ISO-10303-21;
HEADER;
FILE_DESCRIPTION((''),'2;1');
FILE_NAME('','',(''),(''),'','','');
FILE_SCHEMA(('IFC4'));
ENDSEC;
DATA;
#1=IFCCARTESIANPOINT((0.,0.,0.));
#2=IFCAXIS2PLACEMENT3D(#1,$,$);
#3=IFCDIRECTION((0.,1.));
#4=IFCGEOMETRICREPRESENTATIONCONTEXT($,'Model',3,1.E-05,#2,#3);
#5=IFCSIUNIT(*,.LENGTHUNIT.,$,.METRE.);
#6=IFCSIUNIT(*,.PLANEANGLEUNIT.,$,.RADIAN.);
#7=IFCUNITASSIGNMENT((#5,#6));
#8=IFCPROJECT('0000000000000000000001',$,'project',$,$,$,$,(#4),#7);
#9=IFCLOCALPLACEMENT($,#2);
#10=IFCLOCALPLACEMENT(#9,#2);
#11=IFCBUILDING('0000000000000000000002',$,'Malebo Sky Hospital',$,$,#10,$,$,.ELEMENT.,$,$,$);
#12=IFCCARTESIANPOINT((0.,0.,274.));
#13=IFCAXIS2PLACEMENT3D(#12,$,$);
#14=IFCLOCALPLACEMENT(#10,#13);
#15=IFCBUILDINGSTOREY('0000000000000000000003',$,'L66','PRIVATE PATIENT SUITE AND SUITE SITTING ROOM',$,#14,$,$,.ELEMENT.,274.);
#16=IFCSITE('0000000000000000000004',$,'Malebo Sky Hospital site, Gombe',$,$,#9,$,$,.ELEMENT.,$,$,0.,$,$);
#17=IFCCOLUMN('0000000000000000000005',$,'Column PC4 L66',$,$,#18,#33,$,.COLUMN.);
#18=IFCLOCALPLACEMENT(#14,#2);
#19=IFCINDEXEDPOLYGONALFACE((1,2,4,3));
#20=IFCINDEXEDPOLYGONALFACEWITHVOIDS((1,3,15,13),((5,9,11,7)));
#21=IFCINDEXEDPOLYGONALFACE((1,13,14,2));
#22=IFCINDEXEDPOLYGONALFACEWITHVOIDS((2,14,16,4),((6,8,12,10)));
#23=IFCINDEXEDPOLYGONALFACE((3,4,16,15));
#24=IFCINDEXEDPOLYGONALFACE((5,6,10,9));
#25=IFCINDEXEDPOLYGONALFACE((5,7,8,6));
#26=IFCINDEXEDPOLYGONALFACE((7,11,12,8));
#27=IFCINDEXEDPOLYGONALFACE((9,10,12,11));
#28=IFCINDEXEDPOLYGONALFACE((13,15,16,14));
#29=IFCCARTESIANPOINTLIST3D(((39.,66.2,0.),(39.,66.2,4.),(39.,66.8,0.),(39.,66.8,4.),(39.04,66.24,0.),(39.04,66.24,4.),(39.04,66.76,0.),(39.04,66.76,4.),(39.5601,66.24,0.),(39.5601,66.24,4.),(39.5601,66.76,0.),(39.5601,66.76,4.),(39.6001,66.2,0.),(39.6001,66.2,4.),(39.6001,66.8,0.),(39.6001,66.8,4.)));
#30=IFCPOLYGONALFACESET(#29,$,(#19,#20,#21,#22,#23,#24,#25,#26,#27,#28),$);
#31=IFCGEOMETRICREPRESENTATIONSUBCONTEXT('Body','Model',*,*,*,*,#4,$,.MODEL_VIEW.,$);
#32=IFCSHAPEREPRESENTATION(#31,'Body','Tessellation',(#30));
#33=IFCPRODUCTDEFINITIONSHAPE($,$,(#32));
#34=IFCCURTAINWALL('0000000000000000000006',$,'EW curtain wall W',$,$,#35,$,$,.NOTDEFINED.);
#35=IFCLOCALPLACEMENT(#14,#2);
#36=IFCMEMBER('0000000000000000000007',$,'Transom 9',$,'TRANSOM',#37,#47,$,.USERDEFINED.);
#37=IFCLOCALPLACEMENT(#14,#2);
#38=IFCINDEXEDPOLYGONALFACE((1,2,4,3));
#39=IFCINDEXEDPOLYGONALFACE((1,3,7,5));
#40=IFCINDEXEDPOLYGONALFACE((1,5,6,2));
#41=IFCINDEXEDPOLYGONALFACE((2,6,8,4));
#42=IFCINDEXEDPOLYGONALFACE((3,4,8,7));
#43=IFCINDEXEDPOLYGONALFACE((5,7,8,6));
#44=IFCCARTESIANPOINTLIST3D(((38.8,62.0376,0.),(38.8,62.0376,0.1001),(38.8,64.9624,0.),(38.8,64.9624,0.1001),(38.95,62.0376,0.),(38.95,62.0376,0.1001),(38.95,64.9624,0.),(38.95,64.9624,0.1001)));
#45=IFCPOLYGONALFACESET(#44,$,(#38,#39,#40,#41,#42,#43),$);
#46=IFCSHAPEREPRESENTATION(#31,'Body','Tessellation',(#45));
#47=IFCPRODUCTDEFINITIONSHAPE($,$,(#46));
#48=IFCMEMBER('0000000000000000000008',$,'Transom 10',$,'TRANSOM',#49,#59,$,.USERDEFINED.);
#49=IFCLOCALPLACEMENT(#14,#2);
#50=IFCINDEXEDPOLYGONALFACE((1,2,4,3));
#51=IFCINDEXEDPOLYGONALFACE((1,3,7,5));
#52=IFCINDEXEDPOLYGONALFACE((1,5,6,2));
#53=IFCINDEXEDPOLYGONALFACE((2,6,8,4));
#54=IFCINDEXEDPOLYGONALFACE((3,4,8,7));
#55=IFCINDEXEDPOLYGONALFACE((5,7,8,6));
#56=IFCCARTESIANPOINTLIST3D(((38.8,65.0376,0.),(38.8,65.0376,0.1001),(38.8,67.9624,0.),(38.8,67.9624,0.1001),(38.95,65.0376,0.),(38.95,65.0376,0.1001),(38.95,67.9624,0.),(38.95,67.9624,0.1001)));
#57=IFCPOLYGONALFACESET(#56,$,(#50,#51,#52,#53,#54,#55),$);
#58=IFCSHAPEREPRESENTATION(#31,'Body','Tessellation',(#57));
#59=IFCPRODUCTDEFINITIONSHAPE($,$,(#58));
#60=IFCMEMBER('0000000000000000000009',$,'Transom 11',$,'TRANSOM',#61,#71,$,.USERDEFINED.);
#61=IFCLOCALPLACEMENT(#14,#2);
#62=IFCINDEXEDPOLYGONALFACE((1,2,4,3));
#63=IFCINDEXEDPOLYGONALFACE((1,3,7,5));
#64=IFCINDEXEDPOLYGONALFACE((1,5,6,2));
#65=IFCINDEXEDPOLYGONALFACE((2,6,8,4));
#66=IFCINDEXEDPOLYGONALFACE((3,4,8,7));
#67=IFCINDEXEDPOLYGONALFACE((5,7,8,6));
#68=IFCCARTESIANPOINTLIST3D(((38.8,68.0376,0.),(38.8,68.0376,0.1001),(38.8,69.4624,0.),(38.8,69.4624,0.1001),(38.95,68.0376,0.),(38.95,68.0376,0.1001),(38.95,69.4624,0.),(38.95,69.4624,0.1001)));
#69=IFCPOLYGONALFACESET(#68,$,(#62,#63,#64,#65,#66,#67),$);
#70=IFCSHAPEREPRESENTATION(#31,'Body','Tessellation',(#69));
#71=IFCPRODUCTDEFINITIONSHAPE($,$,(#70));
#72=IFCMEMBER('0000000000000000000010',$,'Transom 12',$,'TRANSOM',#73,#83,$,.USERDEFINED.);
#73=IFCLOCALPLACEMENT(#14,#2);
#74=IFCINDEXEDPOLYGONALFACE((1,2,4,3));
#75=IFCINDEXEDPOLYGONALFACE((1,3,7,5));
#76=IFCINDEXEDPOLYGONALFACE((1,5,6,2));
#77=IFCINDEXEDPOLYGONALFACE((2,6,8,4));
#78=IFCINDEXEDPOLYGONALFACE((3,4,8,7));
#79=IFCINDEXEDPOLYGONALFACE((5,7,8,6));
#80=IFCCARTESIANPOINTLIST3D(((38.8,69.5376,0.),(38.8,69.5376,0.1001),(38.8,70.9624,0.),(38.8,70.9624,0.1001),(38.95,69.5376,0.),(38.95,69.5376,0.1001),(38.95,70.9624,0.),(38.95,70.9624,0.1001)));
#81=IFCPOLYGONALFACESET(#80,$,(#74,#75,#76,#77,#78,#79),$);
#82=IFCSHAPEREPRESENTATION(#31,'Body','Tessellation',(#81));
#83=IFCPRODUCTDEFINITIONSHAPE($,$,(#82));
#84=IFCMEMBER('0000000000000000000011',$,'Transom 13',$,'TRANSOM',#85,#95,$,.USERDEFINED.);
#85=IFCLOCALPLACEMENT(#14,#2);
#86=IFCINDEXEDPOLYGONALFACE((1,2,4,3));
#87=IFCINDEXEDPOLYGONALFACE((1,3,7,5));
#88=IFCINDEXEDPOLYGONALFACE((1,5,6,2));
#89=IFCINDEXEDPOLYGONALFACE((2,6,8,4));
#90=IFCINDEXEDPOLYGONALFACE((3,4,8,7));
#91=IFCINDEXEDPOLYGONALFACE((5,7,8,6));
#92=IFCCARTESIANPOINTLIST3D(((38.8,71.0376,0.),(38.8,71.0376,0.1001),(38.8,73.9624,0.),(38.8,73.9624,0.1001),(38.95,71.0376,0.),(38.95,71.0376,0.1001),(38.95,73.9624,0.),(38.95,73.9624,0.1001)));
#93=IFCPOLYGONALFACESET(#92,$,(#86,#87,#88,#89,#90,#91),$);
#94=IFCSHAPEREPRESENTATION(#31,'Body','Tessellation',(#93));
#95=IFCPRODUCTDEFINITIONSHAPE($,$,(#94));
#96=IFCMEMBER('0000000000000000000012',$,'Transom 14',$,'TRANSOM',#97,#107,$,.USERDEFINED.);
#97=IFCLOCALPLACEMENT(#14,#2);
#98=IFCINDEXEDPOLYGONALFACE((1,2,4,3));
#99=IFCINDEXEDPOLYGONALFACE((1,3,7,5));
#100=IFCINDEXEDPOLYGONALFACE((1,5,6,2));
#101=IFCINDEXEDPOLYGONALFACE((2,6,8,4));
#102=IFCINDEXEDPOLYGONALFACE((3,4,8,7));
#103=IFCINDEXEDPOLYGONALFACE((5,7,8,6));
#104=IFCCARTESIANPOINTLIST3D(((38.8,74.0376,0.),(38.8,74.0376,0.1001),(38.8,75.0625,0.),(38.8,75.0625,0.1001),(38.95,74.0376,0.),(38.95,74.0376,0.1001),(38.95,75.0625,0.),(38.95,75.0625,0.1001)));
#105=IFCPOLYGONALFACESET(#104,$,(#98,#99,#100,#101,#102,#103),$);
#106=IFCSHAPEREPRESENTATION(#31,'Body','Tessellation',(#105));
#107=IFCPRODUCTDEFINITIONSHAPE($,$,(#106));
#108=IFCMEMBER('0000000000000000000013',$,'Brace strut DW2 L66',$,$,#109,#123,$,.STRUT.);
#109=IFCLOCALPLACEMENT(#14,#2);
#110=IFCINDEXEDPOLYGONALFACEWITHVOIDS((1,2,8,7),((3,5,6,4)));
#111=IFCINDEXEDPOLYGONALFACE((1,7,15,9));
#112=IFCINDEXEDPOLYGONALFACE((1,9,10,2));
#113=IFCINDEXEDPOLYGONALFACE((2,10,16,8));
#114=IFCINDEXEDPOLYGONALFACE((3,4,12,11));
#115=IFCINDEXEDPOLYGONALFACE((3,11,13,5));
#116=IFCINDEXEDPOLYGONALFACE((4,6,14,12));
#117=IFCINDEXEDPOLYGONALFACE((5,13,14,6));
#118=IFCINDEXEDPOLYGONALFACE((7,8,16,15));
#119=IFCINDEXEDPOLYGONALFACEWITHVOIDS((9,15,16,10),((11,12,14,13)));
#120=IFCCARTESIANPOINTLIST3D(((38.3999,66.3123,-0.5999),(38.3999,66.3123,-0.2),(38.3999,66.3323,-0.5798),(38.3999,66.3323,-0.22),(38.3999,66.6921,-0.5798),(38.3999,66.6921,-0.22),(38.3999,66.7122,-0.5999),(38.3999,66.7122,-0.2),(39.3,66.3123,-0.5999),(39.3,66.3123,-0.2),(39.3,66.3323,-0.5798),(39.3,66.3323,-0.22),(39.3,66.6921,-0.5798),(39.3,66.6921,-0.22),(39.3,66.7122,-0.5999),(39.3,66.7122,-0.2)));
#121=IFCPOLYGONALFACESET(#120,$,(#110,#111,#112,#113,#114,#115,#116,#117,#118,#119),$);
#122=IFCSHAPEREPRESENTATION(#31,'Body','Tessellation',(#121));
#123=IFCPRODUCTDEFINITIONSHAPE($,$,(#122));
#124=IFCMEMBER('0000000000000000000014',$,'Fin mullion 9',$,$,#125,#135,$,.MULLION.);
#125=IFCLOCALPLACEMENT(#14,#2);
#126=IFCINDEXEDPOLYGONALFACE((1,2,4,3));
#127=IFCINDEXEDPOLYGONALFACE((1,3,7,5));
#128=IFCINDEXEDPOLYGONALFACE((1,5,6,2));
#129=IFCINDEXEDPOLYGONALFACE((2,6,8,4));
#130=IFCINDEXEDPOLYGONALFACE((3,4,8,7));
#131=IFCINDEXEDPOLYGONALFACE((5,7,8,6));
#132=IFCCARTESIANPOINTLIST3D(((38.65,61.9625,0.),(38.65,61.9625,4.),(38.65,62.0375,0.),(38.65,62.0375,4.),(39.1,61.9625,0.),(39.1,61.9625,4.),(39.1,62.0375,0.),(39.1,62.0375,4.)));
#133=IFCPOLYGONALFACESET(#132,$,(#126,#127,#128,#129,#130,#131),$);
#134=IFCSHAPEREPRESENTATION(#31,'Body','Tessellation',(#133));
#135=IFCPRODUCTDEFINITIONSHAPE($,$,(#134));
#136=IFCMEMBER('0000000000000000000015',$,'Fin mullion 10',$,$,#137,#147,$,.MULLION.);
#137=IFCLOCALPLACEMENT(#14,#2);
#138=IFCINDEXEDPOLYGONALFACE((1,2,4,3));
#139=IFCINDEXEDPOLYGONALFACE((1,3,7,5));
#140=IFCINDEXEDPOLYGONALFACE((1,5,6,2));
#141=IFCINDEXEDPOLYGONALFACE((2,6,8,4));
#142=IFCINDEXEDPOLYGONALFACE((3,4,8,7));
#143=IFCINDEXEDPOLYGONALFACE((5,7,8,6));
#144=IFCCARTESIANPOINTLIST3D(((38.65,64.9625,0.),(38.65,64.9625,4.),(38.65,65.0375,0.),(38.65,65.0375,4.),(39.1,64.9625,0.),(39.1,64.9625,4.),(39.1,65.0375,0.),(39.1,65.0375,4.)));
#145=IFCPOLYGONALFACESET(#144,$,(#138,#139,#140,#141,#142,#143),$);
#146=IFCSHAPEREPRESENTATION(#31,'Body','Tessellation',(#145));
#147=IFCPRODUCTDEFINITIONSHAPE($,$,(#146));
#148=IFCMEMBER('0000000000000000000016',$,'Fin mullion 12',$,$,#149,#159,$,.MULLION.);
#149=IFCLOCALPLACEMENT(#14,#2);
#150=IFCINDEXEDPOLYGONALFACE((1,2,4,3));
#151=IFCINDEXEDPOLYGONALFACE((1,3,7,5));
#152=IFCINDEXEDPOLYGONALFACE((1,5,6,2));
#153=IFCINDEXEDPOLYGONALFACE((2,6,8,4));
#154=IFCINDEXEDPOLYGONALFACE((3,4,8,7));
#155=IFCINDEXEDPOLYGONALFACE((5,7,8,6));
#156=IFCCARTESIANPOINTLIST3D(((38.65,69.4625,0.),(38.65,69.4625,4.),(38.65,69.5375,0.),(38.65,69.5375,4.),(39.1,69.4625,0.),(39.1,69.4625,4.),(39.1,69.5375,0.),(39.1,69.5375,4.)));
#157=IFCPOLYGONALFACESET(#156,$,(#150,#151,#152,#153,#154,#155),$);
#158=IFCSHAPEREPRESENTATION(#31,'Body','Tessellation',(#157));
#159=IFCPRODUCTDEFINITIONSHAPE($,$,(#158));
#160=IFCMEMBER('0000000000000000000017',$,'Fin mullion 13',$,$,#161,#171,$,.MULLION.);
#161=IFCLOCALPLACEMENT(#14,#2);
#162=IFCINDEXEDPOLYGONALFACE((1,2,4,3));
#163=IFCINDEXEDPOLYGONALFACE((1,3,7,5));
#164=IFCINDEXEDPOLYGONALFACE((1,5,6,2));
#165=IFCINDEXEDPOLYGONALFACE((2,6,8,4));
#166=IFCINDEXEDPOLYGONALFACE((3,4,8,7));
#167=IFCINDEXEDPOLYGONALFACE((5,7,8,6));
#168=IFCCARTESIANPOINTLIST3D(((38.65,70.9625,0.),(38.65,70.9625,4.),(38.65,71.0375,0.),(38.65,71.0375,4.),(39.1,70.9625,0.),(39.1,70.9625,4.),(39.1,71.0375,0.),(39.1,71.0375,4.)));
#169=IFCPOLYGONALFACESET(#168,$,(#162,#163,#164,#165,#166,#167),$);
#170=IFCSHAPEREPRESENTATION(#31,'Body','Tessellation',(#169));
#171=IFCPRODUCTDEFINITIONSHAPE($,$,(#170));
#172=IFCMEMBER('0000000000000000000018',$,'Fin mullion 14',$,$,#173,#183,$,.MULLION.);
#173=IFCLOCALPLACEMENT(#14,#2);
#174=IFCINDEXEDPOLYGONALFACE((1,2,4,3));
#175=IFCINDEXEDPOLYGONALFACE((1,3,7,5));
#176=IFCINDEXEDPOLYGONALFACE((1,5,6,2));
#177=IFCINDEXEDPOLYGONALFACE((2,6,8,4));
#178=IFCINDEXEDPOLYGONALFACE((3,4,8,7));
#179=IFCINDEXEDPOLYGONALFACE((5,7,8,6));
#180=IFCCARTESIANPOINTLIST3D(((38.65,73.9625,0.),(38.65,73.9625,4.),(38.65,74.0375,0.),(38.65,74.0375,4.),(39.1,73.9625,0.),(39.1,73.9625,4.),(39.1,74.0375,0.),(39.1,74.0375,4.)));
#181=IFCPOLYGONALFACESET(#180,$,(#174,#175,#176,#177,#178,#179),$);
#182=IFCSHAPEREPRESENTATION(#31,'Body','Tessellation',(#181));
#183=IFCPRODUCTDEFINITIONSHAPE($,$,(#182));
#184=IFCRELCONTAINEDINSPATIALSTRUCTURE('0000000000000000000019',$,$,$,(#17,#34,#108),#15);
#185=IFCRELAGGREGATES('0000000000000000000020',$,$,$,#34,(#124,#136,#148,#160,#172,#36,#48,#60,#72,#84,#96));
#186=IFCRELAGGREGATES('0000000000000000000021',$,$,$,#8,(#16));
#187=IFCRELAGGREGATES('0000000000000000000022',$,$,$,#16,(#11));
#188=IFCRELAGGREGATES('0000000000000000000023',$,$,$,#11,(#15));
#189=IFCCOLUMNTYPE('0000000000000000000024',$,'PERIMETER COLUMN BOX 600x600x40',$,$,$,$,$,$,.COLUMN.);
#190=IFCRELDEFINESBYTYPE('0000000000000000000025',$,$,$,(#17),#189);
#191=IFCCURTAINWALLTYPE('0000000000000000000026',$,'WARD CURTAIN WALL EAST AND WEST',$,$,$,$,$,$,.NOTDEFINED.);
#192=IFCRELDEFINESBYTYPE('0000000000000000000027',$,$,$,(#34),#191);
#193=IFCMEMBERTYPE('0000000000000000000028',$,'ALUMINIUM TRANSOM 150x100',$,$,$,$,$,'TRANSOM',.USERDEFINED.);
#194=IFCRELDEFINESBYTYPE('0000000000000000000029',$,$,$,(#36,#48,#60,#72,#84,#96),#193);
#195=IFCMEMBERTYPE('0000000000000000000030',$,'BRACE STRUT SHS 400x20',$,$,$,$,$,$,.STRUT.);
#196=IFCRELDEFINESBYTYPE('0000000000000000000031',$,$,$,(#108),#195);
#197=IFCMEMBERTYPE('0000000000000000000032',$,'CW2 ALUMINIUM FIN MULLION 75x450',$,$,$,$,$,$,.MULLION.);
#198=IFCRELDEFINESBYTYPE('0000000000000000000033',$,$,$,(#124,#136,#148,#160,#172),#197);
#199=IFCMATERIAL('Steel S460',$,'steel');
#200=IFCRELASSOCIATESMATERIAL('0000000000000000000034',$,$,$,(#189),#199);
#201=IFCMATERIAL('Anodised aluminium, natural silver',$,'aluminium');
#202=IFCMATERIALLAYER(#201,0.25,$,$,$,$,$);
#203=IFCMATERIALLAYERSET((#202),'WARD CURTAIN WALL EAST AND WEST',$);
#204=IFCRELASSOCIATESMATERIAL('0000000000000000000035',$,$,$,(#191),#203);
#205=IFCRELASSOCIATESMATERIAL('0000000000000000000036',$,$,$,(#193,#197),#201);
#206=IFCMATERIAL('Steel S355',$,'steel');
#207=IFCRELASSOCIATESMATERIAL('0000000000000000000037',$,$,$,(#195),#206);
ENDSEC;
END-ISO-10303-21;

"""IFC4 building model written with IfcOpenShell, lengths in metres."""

from ifc_helpers import new_model, si_unit, direction, frame, origin, origin_2d, place, context, subcontext, project, spatial, rectangle, hollow_rectangle, extrude, material, layer, layer_set, material_profile, profile_set, type_object, element, aggregate, save


model = new_model("IFC4")

# Units and contexts
model_context = context("Model", 3, precision=1e-05, world=origin(), true_north=direction((0.0, 1.0)))
body_context = subcontext(model_context, "Body", "Model", "MODEL_VIEW")
ifc_project = project(units=[si_unit("LENGTHUNIT", "METRE"), si_unit("PLANEANGLEUNIT", "RADIAN")], contexts=[model_context])

# Site, building, storey
site_placement = place(None, origin())
site = spatial("IfcSite", under=ifc_project, at=site_placement, Name="Malebo Sky Hospital site, Gombe", CompositionType="ELEMENT", RefElevation=0.0)
building_placement = place(site_placement, origin())
building = spatial("IfcBuilding", under=site, at=building_placement, Name="Malebo Sky Hospital", CompositionType="ELEMENT")
storey_placement = place(building_placement, frame((0.0, 0.0, 274.0)))
storey = spatial("IfcBuildingStorey", under=building, at=storey_placement, Name="L66", Description="PRIVATE PATIENT SUITE AND SUITE SITTING ROOM", CompositionType="ELEMENT", Elevation=274.0)

# Column
ifc_material_1 = material(Name="Steel S460", Category="steel")
ifc_material_profile_1 = material_profile(ifc_material_1, hollow_rectangle(XDim=0.6001, YDim=0.6001, WallThickness=0.04, at=origin_2d()), Name="BOX 600x600x40")
ifc_profile_set_1 = profile_set([ifc_material_profile_1], Name="Steel S460")
column_type = type_object("IfcColumnType", Name="PERIMETER COLUMN BOX 600x600x40", PredefinedType="COLUMN", material=ifc_profile_set_1)
column_placement = place(storey_placement, frame((39.3, 66.5, 0.0), z_axis=(0.0, 0.0, 1.0), x_axis=(1.0, 0.0, 0.0)))
element("IfcColumn", 1, at=column_placement, inside=storey, type_object=column_type, Name="Column PC4 L66", PredefinedType="COLUMN", context=body_context, shape_type="SweptSolid", body=[
    extrude(hollow_rectangle(XDim=0.6001, YDim=0.6001, WallThickness=0.04, at=origin_2d()), origin(), (0.0, 0.0, 1.0), 4.0),
])

# Curtain wall, members
ifc_material_2 = material(Name="Anodised aluminium, natural silver", Category="aluminium")
ifc_layer_1 = layer(ifc_material_2, 0.25)
ifc_layer_set_1 = layer_set([ifc_layer_1], Name="WARD CURTAIN WALL EAST AND WEST")
curtain_wall_type = type_object("IfcCurtainWallType", Name="WARD CURTAIN WALL EAST AND WEST", PredefinedType="NOTDEFINED", material=ifc_layer_set_1)
curtain_wall_placement = place(storey_placement, origin())
curtain_wall = element("IfcCurtainWall", 2, at=curtain_wall_placement, inside=storey, type_object=curtain_wall_type, Name="EW curtain wall W", PredefinedType="NOTDEFINED")
ifc_material_profile_2 = material_profile(ifc_material_2, rectangle(XDim=0.1499, YDim=0.1001, at=origin_2d()), Name="ALUMINIUM TRANSOM 150x100")
ifc_profile_set_2 = profile_set([ifc_material_profile_2], Name="Anodised aluminium, natural silver")
member_type_1 = type_object("IfcMemberType", Name="ALUMINIUM TRANSOM 150x100", ElementType="TRANSOM", PredefinedType="USERDEFINED", material=ifc_profile_set_2)
member_1_placement = place(storey_placement, frame((38.875, 62.0376, 0.05), z_axis=(0.0, 1.0, 0.0), x_axis=(-1.0, 0.0, 0.0)))
member_1 = element("IfcMember", 3, at=member_1_placement, type_object=member_type_1, Name="Transom 9", ObjectType="TRANSOM", PredefinedType="USERDEFINED", context=body_context, shape_type="SweptSolid", body=[
    extrude(rectangle(XDim=0.1499, YDim=0.1001, at=origin_2d()), origin(), (0.0, 0.0, 1.0), 2.9248),
])
member_2_placement = place(storey_placement, frame((38.875, 65.0376, 0.05), z_axis=(0.0, 1.0, 0.0), x_axis=(-1.0, 0.0, 0.0)))
member_2 = element("IfcMember", 4, at=member_2_placement, type_object=member_type_1, Name="Transom 10", ObjectType="TRANSOM", PredefinedType="USERDEFINED", context=body_context, shape_type="SweptSolid", body=[
    extrude(rectangle(XDim=0.1499, YDim=0.1001, at=origin_2d()), origin(), (0.0, 0.0, 1.0), 2.9248),
])
member_3_placement = place(storey_placement, frame((38.875, 68.0376, 0.05), z_axis=(0.0, 1.0, 0.0), x_axis=(-1.0, 0.0, 0.0)))
member_3 = element("IfcMember", 5, at=member_3_placement, type_object=member_type_1, Name="Transom 11", ObjectType="TRANSOM", PredefinedType="USERDEFINED", context=body_context, shape_type="SweptSolid", body=[
    extrude(rectangle(XDim=0.1499, YDim=0.1001, at=origin_2d()), origin(), (0.0, 0.0, 1.0), 1.4248),
])
member_4_placement = place(storey_placement, frame((38.875, 69.5376, 0.05), z_axis=(0.0, 1.0, 0.0), x_axis=(-1.0, 0.0, 0.0)))
member_4 = element("IfcMember", 6, at=member_4_placement, type_object=member_type_1, Name="Transom 12", ObjectType="TRANSOM", PredefinedType="USERDEFINED", context=body_context, shape_type="SweptSolid", body=[
    extrude(rectangle(XDim=0.1499, YDim=0.1001, at=origin_2d()), origin(), (0.0, 0.0, 1.0), 1.4248),
])
member_5_placement = place(storey_placement, frame((38.875, 71.0376, 0.05), z_axis=(0.0, 1.0, 0.0), x_axis=(-1.0, 0.0, 0.0)))
member_5 = element("IfcMember", 7, at=member_5_placement, type_object=member_type_1, Name="Transom 13", ObjectType="TRANSOM", PredefinedType="USERDEFINED", context=body_context, shape_type="SweptSolid", body=[
    extrude(rectangle(XDim=0.1499, YDim=0.1001, at=origin_2d()), origin(), (0.0, 0.0, 1.0), 2.9248),
])
member_6_placement = place(storey_placement, frame((38.875, 74.0376, 0.05), z_axis=(0.0, 1.0, 0.0), x_axis=(-1.0, 0.0, 0.0)))
member_6 = element("IfcMember", 8, at=member_6_placement, type_object=member_type_1, Name="Transom 14", ObjectType="TRANSOM", PredefinedType="USERDEFINED", context=body_context, shape_type="SweptSolid", body=[
    extrude(rectangle(XDim=0.1499, YDim=0.1001, at=origin_2d()), origin(), (0.0, 0.0, 1.0), 1.0249),
])

# Members
ifc_material_3 = material(Name="Steel S355", Category="steel")
ifc_material_profile_3 = material_profile(ifc_material_3, hollow_rectangle(XDim=0.3999, YDim=0.3999, WallThickness=0.02, at=origin_2d()), Name="SHS 400x20")
ifc_profile_set_3 = profile_set([ifc_material_profile_3], Name="Steel S355")
member_type_2 = type_object("IfcMemberType", Name="BRACE STRUT SHS 400x20", PredefinedType="STRUT", material=ifc_profile_set_3)
member_7_placement = place(storey_placement, frame((38.3999, 66.5122, -0.3999), z_axis=(1.0, 0.0, 0.0), x_axis=(0.0, 1.0, 0.0)))
element("IfcMember", 9, at=member_7_placement, inside=storey, type_object=member_type_2, Name="Brace strut DW2 L66", PredefinedType="STRUT", context=body_context, shape_type="SweptSolid", body=[
    extrude(hollow_rectangle(XDim=0.3999, YDim=0.3999, WallThickness=0.02, at=origin_2d()), origin(), (0.0, 0.0, 1.0), 0.9001),
])
ifc_material_profile_4 = material_profile(ifc_material_2, rectangle(XDim=0.075, YDim=0.45, at=origin_2d()), Name="CW2 ALUMINIUM FIN MULLION 75x450")
ifc_profile_set_4 = profile_set([ifc_material_profile_4], Name="Anodised aluminium, natural silver")
member_type_3 = type_object("IfcMemberType", Name="CW2 ALUMINIUM FIN MULLION 75x450", PredefinedType="MULLION", material=ifc_profile_set_4)
member_8_placement = place(storey_placement, frame((38.875, 62.0, 0.0), z_axis=(0.0, 0.0, 1.0), x_axis=(0.0, 1.0, 0.0)))
member_8 = element("IfcMember", 10, at=member_8_placement, type_object=member_type_3, Name="Fin mullion 9", PredefinedType="MULLION", context=body_context, shape_type="SweptSolid", body=[
    extrude(rectangle(XDim=0.075, YDim=0.45, at=origin_2d()), origin(), (0.0, 0.0, 1.0), 4.0),
])
member_9_placement = place(storey_placement, frame((38.875, 65.0, 0.0), z_axis=(0.0, 0.0, 1.0), x_axis=(0.0, 1.0, 0.0)))
member_9 = element("IfcMember", 11, at=member_9_placement, type_object=member_type_3, Name="Fin mullion 10", PredefinedType="MULLION", context=body_context, shape_type="SweptSolid", body=[
    extrude(rectangle(XDim=0.075, YDim=0.45, at=origin_2d()), origin(), (0.0, 0.0, 1.0), 4.0),
])
member_10_placement = place(storey_placement, frame((38.875, 69.5, 0.0), z_axis=(0.0, 0.0, 1.0), x_axis=(0.0, 1.0, 0.0)))
member_10 = element("IfcMember", 12, at=member_10_placement, type_object=member_type_3, Name="Fin mullion 12", PredefinedType="MULLION", context=body_context, shape_type="SweptSolid", body=[
    extrude(rectangle(XDim=0.075, YDim=0.45, at=origin_2d()), origin(), (0.0, 0.0, 1.0), 4.0),
])
member_11_placement = place(storey_placement, frame((38.875, 71.0, 0.0), z_axis=(0.0, 0.0, 1.0), x_axis=(0.0, 1.0, 0.0)))
member_11 = element("IfcMember", 13, at=member_11_placement, type_object=member_type_3, Name="Fin mullion 13", PredefinedType="MULLION", context=body_context, shape_type="SweptSolid", body=[
    extrude(rectangle(XDim=0.075, YDim=0.45, at=origin_2d()), origin(), (0.0, 0.0, 1.0), 4.0),
])
member_12_placement = place(storey_placement, frame((38.875, 74.0, 0.0), z_axis=(0.0, 0.0, 1.0), x_axis=(0.0, 1.0, 0.0)))
member_12 = element("IfcMember", 14, at=member_12_placement, type_object=member_type_3, Name="Fin mullion 14", PredefinedType="MULLION", context=body_context, shape_type="SweptSolid", body=[
    extrude(rectangle(XDim=0.075, YDim=0.45, at=origin_2d()), origin(), (0.0, 0.0, 1.0), 4.0),
])

aggregate(curtain_wall, [member_8, member_9, member_10, member_11, member_12, member_1, member_2, member_3, member_4, member_5, member_6])

save(model, "model.ifc")
